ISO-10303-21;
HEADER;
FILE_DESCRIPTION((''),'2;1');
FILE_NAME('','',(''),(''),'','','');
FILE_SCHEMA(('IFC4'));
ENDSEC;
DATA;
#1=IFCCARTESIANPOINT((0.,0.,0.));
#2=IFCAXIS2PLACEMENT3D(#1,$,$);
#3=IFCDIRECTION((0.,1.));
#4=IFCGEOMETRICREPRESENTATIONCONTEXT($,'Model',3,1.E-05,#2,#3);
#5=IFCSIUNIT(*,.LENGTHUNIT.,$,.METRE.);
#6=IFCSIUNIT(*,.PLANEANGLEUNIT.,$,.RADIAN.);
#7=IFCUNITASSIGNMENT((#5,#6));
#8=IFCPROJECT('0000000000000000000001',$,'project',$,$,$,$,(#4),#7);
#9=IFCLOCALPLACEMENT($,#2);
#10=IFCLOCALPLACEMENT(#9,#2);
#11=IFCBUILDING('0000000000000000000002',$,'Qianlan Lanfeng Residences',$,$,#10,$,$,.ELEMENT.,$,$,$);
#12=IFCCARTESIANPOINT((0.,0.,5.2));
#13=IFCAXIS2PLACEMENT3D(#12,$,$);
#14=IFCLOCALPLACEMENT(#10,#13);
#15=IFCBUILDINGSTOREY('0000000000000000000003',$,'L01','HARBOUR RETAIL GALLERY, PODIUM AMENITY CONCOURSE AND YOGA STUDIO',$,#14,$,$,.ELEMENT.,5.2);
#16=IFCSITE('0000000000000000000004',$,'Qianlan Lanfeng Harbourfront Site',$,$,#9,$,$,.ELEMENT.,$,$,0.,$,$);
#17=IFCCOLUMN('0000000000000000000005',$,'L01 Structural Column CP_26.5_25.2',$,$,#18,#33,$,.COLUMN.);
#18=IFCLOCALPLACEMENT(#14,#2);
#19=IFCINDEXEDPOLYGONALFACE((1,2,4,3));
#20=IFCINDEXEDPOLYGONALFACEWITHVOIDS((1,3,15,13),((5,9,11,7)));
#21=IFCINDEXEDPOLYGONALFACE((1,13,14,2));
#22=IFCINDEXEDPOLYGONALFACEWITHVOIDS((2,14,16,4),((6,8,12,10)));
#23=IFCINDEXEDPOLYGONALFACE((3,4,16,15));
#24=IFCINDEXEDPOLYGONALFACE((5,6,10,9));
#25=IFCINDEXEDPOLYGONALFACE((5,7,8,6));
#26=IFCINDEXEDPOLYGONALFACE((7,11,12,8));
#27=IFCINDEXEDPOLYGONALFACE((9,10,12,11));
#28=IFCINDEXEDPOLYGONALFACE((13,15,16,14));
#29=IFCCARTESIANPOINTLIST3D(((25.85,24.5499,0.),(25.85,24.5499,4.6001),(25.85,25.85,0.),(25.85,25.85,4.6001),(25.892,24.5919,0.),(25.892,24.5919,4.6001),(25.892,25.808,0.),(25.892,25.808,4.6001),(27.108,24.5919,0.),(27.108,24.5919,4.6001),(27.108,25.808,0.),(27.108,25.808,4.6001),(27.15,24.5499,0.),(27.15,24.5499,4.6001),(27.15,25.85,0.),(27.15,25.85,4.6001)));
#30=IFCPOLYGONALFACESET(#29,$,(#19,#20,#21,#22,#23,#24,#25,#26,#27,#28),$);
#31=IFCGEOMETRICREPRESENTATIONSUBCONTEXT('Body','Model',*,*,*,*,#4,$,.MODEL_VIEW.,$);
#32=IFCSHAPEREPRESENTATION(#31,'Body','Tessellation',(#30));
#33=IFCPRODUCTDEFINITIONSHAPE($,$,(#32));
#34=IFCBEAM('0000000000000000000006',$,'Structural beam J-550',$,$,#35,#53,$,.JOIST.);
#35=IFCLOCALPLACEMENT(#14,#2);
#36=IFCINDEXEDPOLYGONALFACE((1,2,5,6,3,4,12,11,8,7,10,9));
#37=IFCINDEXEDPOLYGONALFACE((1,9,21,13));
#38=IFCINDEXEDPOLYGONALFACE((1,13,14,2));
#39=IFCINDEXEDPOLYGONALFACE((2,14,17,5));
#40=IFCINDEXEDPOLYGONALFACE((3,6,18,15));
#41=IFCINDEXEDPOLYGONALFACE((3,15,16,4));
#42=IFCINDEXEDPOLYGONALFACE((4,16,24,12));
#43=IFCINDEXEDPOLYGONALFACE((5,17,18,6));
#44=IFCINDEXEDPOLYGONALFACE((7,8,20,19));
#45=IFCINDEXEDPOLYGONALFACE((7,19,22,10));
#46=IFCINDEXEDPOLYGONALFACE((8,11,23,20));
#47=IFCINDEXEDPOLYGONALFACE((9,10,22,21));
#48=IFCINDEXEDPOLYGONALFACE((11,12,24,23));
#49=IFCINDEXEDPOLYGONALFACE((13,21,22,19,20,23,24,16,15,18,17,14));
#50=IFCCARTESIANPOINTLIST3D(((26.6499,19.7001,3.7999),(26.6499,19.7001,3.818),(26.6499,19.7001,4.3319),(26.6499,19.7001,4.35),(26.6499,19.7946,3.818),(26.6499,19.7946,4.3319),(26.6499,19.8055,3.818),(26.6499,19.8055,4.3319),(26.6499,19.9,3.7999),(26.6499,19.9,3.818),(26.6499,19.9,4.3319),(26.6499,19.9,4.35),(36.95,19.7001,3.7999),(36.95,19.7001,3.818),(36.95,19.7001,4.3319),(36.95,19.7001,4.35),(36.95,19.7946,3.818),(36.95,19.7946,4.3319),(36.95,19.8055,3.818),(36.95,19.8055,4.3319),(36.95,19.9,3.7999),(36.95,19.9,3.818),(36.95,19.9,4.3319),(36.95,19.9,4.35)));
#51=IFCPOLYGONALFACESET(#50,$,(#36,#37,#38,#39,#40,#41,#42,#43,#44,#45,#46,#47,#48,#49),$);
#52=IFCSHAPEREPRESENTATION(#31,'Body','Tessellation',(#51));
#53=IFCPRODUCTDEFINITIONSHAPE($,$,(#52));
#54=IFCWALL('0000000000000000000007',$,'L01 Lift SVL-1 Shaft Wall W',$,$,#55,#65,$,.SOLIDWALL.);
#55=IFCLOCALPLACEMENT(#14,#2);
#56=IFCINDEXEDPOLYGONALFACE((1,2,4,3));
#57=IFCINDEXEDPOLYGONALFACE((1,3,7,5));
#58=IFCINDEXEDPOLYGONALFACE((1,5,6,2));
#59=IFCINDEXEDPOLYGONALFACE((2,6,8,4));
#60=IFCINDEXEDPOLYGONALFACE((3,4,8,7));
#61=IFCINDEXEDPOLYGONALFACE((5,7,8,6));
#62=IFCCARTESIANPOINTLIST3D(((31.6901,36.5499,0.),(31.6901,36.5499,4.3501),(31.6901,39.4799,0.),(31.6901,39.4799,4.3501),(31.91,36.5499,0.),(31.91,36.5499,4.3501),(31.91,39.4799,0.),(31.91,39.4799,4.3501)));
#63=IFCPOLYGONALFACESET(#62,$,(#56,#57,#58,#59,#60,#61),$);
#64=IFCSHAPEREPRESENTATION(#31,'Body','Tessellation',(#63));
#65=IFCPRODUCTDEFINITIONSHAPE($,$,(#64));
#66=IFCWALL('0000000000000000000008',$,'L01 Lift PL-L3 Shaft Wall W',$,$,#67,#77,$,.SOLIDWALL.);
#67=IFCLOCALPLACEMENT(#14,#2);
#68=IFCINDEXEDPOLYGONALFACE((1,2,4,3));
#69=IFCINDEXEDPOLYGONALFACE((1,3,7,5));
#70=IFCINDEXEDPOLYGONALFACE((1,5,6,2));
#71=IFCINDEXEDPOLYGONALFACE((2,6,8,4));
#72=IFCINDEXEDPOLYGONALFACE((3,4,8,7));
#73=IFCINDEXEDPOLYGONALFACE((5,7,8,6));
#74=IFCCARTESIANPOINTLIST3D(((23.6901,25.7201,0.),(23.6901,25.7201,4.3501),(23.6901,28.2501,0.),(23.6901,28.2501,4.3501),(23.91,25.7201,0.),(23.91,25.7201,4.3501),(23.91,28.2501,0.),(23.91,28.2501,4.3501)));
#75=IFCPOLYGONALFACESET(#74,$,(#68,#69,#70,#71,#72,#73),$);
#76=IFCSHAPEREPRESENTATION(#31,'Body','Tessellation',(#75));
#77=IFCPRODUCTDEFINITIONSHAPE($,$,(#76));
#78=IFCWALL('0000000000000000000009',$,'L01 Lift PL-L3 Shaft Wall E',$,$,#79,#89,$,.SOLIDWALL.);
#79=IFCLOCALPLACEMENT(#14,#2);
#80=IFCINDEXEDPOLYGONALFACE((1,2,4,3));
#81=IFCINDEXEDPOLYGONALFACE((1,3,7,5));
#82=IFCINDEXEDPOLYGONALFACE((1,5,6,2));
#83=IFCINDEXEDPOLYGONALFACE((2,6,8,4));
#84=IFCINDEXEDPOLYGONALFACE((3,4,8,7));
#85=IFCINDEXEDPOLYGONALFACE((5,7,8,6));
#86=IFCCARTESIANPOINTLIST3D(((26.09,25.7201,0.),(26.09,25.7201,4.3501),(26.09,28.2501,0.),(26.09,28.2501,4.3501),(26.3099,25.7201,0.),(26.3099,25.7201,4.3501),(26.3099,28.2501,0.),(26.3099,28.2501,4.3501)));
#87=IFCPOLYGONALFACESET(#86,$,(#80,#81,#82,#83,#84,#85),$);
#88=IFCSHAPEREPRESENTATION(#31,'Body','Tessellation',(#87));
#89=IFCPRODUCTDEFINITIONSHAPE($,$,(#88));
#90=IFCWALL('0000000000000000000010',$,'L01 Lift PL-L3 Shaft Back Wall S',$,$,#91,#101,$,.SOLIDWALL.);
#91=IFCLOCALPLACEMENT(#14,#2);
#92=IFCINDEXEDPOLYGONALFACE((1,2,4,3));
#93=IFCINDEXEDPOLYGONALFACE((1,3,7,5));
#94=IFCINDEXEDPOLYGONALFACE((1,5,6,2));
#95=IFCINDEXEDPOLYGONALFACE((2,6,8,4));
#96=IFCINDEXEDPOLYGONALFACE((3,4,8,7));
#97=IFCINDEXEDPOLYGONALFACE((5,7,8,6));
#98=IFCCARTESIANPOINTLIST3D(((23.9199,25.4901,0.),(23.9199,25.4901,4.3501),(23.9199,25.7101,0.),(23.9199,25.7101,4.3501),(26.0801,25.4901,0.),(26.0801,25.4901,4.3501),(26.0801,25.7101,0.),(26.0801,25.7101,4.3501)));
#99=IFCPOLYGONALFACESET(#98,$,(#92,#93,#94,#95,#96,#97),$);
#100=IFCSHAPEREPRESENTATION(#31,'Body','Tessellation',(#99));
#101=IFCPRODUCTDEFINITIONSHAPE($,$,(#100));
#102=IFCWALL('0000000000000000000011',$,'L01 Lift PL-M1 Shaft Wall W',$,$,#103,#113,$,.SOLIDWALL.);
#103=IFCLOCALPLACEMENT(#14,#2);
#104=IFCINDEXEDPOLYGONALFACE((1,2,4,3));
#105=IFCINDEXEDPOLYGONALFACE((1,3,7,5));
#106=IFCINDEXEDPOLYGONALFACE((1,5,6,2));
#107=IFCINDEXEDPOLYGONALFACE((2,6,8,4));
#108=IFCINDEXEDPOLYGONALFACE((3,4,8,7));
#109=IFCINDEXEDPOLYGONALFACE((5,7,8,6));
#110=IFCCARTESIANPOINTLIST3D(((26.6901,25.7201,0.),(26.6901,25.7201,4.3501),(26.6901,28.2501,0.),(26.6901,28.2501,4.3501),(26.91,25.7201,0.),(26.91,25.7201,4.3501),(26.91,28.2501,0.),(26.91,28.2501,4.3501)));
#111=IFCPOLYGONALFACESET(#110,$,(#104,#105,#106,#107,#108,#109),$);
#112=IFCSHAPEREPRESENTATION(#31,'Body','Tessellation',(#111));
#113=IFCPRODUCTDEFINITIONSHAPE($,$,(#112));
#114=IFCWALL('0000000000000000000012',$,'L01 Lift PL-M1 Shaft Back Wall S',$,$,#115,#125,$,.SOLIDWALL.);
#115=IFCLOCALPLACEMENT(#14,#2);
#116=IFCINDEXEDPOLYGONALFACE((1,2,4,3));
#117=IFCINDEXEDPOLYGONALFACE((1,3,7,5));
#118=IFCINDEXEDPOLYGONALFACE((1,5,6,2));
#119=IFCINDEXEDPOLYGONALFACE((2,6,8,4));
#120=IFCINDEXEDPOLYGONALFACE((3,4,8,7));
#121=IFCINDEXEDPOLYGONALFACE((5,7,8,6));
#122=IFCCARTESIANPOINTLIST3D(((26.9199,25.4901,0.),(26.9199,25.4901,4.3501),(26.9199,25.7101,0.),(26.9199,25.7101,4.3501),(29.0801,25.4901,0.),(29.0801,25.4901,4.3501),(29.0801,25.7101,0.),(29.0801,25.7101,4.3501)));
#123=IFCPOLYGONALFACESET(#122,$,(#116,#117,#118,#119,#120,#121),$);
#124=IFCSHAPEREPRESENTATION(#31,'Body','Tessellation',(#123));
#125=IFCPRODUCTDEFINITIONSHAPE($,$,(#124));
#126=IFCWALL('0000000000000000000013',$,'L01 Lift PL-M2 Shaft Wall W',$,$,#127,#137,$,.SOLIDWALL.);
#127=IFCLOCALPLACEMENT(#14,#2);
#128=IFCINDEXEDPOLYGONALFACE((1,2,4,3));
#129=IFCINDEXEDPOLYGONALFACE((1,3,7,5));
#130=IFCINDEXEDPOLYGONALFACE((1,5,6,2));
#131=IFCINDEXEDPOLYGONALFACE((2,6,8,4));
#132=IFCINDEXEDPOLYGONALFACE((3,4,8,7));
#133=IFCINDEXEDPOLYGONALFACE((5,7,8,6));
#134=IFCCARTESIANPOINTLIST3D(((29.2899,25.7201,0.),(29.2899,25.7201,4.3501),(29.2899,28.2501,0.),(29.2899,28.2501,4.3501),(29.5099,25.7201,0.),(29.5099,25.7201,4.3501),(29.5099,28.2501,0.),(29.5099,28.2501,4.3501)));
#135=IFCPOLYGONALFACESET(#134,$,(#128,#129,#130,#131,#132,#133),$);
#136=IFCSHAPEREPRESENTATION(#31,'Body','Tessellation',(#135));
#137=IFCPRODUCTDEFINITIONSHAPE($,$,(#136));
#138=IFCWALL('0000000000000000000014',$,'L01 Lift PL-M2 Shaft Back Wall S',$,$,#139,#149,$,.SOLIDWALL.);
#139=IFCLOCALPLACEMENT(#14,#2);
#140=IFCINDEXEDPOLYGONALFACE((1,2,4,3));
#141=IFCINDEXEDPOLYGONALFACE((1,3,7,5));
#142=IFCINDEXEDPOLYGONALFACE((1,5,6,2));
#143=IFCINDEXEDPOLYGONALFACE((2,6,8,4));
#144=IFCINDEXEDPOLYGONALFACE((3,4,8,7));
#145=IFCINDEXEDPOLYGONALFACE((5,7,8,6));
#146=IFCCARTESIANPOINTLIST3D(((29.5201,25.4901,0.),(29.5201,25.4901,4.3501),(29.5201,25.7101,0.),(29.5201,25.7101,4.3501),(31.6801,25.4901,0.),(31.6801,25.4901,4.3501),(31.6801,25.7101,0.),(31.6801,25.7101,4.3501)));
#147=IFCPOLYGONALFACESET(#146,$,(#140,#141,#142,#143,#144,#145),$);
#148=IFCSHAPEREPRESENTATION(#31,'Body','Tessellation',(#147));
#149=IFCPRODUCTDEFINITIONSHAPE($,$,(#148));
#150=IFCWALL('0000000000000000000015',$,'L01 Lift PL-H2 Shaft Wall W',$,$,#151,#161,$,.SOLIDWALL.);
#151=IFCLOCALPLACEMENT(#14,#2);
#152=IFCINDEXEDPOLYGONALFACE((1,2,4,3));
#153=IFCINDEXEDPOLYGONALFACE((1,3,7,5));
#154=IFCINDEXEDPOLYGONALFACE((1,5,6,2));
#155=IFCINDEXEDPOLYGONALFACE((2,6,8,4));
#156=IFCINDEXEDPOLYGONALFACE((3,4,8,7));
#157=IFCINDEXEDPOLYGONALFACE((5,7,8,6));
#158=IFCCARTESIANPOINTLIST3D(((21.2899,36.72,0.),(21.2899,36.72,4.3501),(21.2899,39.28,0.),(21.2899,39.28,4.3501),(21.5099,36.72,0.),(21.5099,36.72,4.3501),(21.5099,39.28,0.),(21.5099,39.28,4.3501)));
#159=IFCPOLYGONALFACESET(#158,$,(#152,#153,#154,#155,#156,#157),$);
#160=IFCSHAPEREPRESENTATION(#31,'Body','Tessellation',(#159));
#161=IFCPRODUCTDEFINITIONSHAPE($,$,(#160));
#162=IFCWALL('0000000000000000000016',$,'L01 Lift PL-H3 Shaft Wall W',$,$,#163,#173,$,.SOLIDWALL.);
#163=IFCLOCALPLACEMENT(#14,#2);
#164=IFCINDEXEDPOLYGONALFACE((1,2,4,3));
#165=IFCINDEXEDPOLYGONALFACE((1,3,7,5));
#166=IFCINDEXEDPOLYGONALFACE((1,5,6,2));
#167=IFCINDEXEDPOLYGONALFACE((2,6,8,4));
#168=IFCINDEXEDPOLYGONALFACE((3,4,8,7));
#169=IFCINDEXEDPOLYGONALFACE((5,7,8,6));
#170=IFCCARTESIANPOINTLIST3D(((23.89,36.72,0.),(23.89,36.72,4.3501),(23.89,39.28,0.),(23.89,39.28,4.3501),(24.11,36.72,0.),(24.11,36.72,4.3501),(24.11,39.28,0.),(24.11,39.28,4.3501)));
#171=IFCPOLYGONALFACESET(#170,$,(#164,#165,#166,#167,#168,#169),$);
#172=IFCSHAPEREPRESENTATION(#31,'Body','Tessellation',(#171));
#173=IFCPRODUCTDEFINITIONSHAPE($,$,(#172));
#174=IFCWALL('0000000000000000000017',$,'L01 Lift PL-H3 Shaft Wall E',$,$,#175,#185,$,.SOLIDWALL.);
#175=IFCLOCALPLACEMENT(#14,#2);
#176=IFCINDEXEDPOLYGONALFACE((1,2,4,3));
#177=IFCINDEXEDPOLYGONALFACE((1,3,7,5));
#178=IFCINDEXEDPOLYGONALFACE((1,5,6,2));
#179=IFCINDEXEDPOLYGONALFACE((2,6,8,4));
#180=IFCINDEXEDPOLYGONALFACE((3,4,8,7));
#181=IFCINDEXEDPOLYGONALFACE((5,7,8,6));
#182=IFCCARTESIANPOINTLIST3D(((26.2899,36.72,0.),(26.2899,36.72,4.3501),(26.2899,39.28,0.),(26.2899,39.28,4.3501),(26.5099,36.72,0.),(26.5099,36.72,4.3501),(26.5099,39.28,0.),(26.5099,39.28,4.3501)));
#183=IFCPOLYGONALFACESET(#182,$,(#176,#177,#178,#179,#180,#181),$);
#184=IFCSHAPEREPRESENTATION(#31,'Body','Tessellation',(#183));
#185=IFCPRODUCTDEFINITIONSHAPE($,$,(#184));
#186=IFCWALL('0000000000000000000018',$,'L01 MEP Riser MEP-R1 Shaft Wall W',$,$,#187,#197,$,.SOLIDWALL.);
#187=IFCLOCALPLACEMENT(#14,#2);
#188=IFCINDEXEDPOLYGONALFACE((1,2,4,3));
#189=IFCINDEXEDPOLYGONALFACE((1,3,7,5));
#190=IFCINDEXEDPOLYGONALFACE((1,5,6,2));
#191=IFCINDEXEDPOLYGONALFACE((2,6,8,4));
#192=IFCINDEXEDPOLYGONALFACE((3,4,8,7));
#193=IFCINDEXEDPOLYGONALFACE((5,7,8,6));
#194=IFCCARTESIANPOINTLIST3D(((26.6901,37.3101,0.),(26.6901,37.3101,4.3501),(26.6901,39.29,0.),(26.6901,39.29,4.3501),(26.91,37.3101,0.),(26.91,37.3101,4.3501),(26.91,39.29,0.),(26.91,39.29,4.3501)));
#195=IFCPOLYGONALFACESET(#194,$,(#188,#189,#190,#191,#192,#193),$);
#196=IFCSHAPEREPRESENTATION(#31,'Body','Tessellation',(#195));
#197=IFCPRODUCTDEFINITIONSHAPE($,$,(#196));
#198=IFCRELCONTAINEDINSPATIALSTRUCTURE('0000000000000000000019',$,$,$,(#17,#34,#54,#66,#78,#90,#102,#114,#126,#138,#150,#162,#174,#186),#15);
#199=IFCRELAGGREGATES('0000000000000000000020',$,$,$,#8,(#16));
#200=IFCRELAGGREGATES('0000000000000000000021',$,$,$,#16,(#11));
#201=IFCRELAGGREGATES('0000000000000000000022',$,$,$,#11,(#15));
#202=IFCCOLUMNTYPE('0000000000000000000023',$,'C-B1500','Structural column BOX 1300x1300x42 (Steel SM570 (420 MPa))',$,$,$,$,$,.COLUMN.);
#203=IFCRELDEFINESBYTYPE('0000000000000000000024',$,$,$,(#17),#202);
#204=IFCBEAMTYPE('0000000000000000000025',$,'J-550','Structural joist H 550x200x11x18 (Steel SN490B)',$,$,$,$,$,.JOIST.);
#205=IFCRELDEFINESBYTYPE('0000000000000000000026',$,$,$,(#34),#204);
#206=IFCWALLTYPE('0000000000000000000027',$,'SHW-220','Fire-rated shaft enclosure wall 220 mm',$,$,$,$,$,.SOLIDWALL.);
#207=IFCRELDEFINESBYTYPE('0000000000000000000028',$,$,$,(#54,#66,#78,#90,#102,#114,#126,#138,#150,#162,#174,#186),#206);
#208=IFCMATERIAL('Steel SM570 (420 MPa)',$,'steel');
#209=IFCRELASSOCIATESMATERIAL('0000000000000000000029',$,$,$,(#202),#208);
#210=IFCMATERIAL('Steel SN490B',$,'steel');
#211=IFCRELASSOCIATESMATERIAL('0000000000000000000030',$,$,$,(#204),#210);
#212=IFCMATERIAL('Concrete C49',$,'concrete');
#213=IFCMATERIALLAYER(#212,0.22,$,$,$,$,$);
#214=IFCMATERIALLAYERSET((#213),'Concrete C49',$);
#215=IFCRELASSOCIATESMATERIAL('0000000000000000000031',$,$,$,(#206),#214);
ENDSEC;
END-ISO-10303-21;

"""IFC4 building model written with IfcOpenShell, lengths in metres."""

from ifc_helpers import new_model, si_unit, direction, frame, frame_2d, origin, origin_2d, place, context, subcontext, project, spatial, rectangle, hollow_rectangle, i_section, extrude, material, layer, layer_set, material_profile, profile_set, type_object, element, save


model = new_model("IFC4")

# Units and contexts
model_context = context("Model", 3, precision=1e-05, world=origin(), true_north=direction((0.0, 1.0)))
body_context = subcontext(model_context, "Body", "Model", "MODEL_VIEW")
ifc_project = project(units=[si_unit("LENGTHUNIT", "METRE"), si_unit("PLANEANGLEUNIT", "RADIAN")], contexts=[model_context])

# Site, building, storey
site_placement = place(None, origin())
site = spatial("IfcSite", under=ifc_project, at=site_placement, Name="Qianlan Lanfeng Harbourfront Site", CompositionType="ELEMENT", RefElevation=0.0)
building_placement = place(site_placement, origin())
building = spatial("IfcBuilding", under=site, at=building_placement, Name="Qianlan Lanfeng Residences", CompositionType="ELEMENT")
storey_placement = place(building_placement, frame((0.0, 0.0, 5.2)))
storey = spatial("IfcBuildingStorey", under=building, at=storey_placement, Name="L01", Description="HARBOUR RETAIL GALLERY, PODIUM AMENITY CONCOURSE AND YOGA STUDIO", CompositionType="ELEMENT", Elevation=5.2)

# Column
ifc_material_1 = material(Name="Steel SM570 (420 MPa)", Category="steel")
ifc_material_profile_1 = material_profile(ifc_material_1, hollow_rectangle(XDim=1.3, YDim=1.3, WallThickness=0.042, at=origin_2d()), Name="BOX 1300x1300x42")
ifc_profile_set_1 = profile_set([ifc_material_profile_1], Name="Steel SM570 (420 MPa)")
column_type = type_object("IfcColumnType", Name="C-B1500", Description="Structural column BOX 1300x1300x42 (Steel SM570 (420 MPa))", PredefinedType="COLUMN", material=ifc_profile_set_1)
column_placement = place(storey_placement, frame((26.5, 25.2, 0.0), z_axis=(0.0, 0.0, 1.0), x_axis=(1.0, 0.0, 0.0)))
element("IfcColumn", 1, at=column_placement, inside=storey, type_object=column_type, Name="L01 Structural Column CP_26.5_25.2", PredefinedType="COLUMN", context=body_context, shape_type="SweptSolid", body=[
    extrude(hollow_rectangle(XDim=1.3, YDim=1.3, WallThickness=0.042, at=origin_2d()), origin(), (0.0, 0.0, 1.0), 4.6001),
])

# Beam
ifc_material_2 = material(Name="Steel SN490B", Category="steel")
ifc_material_profile_2 = material_profile(ifc_material_2, i_section(OverallWidth=0.2, OverallDepth=0.55, WebThickness=0.011, FlangeThickness=0.0181, at=origin_2d()), Name="H 550x200x11x18")
ifc_profile_set_2 = profile_set([ifc_material_profile_2], Name="Steel SN490B")
beam_type = type_object("IfcBeamType", Name="J-550", Description="Structural joist H 550x200x11x18 (Steel SN490B)", PredefinedType="JOIST", material=ifc_profile_set_2)
beam_placement = place(storey_placement, frame((26.6499, 19.8, 4.075), z_axis=(1.0, 0.0, 0.0), x_axis=(0.0, 1.0, 0.0)))
element("IfcBeam", 2, at=beam_placement, inside=storey, type_object=beam_type, Name="Structural beam J-550", PredefinedType="JOIST", context=body_context, shape_type="SweptSolid", body=[
    extrude(i_section(OverallWidth=0.2, OverallDepth=0.55, WebThickness=0.011, FlangeThickness=0.0181, at=origin_2d()), origin(), (0.0, 0.0, 1.0), 10.3),
])

# Walls
ifc_material_3 = material(Name="Concrete C49", Category="concrete")
ifc_layer = layer(ifc_material_3, 0.22)
ifc_layer_set = layer_set([ifc_layer], Name="Concrete C49")
wall_type = type_object("IfcWallType", Name="SHW-220", Description="Fire-rated shaft enclosure wall 220 mm", PredefinedType="SOLIDWALL", material=ifc_layer_set)
wall_1_placement = place(storey_placement, frame((31.8, 36.55, 0.0), z_axis=(0.0, 0.0, 1.0), x_axis=(0.0, 1.0, 0.0)))
element("IfcWall", 3, at=wall_1_placement, inside=storey, type_object=wall_type, Name="L01 Lift SVL-1 Shaft Wall W", PredefinedType="SOLIDWALL", context=body_context, shape_type="SweptSolid", body=[
    extrude(rectangle(XDim=2.9299, YDim=0.22, at=frame_2d((1.4648, 0.0))), origin(), (0.0, 0.0, 1.0), 4.3501),
])
for number, where, z_axis, x_axis, name in (
    (4, (23.8, 25.72, 0.0), (0.0, 0.0, 1.0), (0.0, 1.0, 0.0), "L01 Lift PL-L3 Shaft Wall W"),
    (5, (26.2, 25.72, 0.0), (0.0, 0.0, 1.0), (0.0, 1.0, 0.0), "L01 Lift PL-L3 Shaft Wall E"),
):
    element("IfcWall", number, at=place(storey_placement, frame(where, z_axis=z_axis, x_axis=x_axis)), inside=storey, type_object=wall_type, Name=name, PredefinedType="SOLIDWALL", context=body_context, shape_type="SweptSolid", body=[
        extrude(rectangle(XDim=2.53, YDim=0.22, at=frame_2d((1.2651, 0.0))), origin(), (0.0, 0.0, 1.0), 4.3501),
    ])
wall_2_placement = place(storey_placement, frame((23.9199, 25.6001, 0.0), z_axis=(0.0, 0.0, 1.0), x_axis=(1.0, 0.0, 0.0)))
element("IfcWall", 6, at=wall_2_placement, inside=storey, type_object=wall_type, Name="L01 Lift PL-L3 Shaft Back Wall S", PredefinedType="SOLIDWALL", context=body_context, shape_type="SweptSolid", body=[
    extrude(rectangle(XDim=2.1602, YDim=0.22, at=frame_2d((1.0801, 0.0))), origin(), (0.0, 0.0, 1.0), 4.3501),
])
wall_3_placement = place(storey_placement, frame((26.8, 25.72, 0.0), z_axis=(0.0, 0.0, 1.0), x_axis=(0.0, 1.0, 0.0)))
element("IfcWall", 7, at=wall_3_placement, inside=storey, type_object=wall_type, Name="L01 Lift PL-M1 Shaft Wall W", PredefinedType="SOLIDWALL", context=body_context, shape_type="SweptSolid", body=[
    extrude(rectangle(XDim=2.53, YDim=0.22, at=frame_2d((1.2651, 0.0))), origin(), (0.0, 0.0, 1.0), 4.3501),
])
wall_4_placement = place(storey_placement, frame((26.9199, 25.6001, 0.0), z_axis=(0.0, 0.0, 1.0), x_axis=(1.0, 0.0, 0.0)))
element("IfcWall", 8, at=wall_4_placement, inside=storey, type_object=wall_type, Name="L01 Lift PL-M1 Shaft Back Wall S", PredefinedType="SOLIDWALL", context=body_context, shape_type="SweptSolid", body=[
    extrude(rectangle(XDim=2.1602, YDim=0.22, at=frame_2d((1.0801, 0.0))), origin(), (0.0, 0.0, 1.0), 4.3501),
])
wall_5_placement = place(storey_placement, frame((29.3999, 25.72, 0.0), z_axis=(0.0, 0.0, 1.0), x_axis=(0.0, 1.0, 0.0)))
element("IfcWall", 9, at=wall_5_placement, inside=storey, type_object=wall_type, Name="L01 Lift PL-M2 Shaft Wall W", PredefinedType="SOLIDWALL", context=body_context, shape_type="SweptSolid", body=[
    extrude(rectangle(XDim=2.53, YDim=0.22, at=frame_2d((1.2651, 0.0))), origin(), (0.0, 0.0, 1.0), 4.3501),
])
wall_6_placement = place(storey_placement, frame((29.52, 25.6001, 0.0), z_axis=(0.0, 0.0, 1.0), x_axis=(1.0, 0.0, 0.0)))
element("IfcWall", 10, at=wall_6_placement, inside=storey, type_object=wall_type, Name="L01 Lift PL-M2 Shaft Back Wall S", PredefinedType="SOLIDWALL", context=body_context, shape_type="SweptSolid", body=[
    extrude(rectangle(XDim=2.1599, YDim=0.22, at=frame_2d((1.0801, 0.0))), origin(), (0.0, 0.0, 1.0), 4.3501),
])
for number, where, z_axis, x_axis, name in (
    (11, (21.3999, 36.72, 0.0), (0.0, 0.0, 1.0), (0.0, 1.0, 0.0), "L01 Lift PL-H2 Shaft Wall W"),
    (12, (24.0, 36.72, 0.0), (0.0, 0.0, 1.0), (0.0, 1.0, 0.0), "L01 Lift PL-H3 Shaft Wall W"),
    (13, (26.3999, 36.72, 0.0), (0.0, 0.0, 1.0), (0.0, 1.0, 0.0), "L01 Lift PL-H3 Shaft Wall E"),
):
    element("IfcWall", number, at=place(storey_placement, frame(where, z_axis=z_axis, x_axis=x_axis)), inside=storey, type_object=wall_type, Name=name, PredefinedType="SOLIDWALL", context=body_context, shape_type="SweptSolid", body=[
        extrude(rectangle(XDim=2.5601, YDim=0.22, at=frame_2d((1.28, 0.0))), origin(), (0.0, 0.0, 1.0), 4.3501),
    ])
for number, where, z_axis, x_axis, name in (
    (14, (26.8, 37.3101, 0.0), (0.0, 0.0, 1.0), (0.0, 1.0, 0.0), "L01 MEP Riser MEP-R1 Shaft Wall W"),
):
    element("IfcWall", number, at=place(storey_placement, frame(where, z_axis=z_axis, x_axis=x_axis)), inside=storey, type_object=wall_type, Name=name, PredefinedType="SOLIDWALL", context=body_context, shape_type="SweptSolid", body=[
        extrude(rectangle(XDim=1.98, YDim=0.22, at=frame_2d((0.99, 0.0))), origin(), (0.0, 0.0, 1.0), 4.3501),
    ])

save(model, "model.ifc")
